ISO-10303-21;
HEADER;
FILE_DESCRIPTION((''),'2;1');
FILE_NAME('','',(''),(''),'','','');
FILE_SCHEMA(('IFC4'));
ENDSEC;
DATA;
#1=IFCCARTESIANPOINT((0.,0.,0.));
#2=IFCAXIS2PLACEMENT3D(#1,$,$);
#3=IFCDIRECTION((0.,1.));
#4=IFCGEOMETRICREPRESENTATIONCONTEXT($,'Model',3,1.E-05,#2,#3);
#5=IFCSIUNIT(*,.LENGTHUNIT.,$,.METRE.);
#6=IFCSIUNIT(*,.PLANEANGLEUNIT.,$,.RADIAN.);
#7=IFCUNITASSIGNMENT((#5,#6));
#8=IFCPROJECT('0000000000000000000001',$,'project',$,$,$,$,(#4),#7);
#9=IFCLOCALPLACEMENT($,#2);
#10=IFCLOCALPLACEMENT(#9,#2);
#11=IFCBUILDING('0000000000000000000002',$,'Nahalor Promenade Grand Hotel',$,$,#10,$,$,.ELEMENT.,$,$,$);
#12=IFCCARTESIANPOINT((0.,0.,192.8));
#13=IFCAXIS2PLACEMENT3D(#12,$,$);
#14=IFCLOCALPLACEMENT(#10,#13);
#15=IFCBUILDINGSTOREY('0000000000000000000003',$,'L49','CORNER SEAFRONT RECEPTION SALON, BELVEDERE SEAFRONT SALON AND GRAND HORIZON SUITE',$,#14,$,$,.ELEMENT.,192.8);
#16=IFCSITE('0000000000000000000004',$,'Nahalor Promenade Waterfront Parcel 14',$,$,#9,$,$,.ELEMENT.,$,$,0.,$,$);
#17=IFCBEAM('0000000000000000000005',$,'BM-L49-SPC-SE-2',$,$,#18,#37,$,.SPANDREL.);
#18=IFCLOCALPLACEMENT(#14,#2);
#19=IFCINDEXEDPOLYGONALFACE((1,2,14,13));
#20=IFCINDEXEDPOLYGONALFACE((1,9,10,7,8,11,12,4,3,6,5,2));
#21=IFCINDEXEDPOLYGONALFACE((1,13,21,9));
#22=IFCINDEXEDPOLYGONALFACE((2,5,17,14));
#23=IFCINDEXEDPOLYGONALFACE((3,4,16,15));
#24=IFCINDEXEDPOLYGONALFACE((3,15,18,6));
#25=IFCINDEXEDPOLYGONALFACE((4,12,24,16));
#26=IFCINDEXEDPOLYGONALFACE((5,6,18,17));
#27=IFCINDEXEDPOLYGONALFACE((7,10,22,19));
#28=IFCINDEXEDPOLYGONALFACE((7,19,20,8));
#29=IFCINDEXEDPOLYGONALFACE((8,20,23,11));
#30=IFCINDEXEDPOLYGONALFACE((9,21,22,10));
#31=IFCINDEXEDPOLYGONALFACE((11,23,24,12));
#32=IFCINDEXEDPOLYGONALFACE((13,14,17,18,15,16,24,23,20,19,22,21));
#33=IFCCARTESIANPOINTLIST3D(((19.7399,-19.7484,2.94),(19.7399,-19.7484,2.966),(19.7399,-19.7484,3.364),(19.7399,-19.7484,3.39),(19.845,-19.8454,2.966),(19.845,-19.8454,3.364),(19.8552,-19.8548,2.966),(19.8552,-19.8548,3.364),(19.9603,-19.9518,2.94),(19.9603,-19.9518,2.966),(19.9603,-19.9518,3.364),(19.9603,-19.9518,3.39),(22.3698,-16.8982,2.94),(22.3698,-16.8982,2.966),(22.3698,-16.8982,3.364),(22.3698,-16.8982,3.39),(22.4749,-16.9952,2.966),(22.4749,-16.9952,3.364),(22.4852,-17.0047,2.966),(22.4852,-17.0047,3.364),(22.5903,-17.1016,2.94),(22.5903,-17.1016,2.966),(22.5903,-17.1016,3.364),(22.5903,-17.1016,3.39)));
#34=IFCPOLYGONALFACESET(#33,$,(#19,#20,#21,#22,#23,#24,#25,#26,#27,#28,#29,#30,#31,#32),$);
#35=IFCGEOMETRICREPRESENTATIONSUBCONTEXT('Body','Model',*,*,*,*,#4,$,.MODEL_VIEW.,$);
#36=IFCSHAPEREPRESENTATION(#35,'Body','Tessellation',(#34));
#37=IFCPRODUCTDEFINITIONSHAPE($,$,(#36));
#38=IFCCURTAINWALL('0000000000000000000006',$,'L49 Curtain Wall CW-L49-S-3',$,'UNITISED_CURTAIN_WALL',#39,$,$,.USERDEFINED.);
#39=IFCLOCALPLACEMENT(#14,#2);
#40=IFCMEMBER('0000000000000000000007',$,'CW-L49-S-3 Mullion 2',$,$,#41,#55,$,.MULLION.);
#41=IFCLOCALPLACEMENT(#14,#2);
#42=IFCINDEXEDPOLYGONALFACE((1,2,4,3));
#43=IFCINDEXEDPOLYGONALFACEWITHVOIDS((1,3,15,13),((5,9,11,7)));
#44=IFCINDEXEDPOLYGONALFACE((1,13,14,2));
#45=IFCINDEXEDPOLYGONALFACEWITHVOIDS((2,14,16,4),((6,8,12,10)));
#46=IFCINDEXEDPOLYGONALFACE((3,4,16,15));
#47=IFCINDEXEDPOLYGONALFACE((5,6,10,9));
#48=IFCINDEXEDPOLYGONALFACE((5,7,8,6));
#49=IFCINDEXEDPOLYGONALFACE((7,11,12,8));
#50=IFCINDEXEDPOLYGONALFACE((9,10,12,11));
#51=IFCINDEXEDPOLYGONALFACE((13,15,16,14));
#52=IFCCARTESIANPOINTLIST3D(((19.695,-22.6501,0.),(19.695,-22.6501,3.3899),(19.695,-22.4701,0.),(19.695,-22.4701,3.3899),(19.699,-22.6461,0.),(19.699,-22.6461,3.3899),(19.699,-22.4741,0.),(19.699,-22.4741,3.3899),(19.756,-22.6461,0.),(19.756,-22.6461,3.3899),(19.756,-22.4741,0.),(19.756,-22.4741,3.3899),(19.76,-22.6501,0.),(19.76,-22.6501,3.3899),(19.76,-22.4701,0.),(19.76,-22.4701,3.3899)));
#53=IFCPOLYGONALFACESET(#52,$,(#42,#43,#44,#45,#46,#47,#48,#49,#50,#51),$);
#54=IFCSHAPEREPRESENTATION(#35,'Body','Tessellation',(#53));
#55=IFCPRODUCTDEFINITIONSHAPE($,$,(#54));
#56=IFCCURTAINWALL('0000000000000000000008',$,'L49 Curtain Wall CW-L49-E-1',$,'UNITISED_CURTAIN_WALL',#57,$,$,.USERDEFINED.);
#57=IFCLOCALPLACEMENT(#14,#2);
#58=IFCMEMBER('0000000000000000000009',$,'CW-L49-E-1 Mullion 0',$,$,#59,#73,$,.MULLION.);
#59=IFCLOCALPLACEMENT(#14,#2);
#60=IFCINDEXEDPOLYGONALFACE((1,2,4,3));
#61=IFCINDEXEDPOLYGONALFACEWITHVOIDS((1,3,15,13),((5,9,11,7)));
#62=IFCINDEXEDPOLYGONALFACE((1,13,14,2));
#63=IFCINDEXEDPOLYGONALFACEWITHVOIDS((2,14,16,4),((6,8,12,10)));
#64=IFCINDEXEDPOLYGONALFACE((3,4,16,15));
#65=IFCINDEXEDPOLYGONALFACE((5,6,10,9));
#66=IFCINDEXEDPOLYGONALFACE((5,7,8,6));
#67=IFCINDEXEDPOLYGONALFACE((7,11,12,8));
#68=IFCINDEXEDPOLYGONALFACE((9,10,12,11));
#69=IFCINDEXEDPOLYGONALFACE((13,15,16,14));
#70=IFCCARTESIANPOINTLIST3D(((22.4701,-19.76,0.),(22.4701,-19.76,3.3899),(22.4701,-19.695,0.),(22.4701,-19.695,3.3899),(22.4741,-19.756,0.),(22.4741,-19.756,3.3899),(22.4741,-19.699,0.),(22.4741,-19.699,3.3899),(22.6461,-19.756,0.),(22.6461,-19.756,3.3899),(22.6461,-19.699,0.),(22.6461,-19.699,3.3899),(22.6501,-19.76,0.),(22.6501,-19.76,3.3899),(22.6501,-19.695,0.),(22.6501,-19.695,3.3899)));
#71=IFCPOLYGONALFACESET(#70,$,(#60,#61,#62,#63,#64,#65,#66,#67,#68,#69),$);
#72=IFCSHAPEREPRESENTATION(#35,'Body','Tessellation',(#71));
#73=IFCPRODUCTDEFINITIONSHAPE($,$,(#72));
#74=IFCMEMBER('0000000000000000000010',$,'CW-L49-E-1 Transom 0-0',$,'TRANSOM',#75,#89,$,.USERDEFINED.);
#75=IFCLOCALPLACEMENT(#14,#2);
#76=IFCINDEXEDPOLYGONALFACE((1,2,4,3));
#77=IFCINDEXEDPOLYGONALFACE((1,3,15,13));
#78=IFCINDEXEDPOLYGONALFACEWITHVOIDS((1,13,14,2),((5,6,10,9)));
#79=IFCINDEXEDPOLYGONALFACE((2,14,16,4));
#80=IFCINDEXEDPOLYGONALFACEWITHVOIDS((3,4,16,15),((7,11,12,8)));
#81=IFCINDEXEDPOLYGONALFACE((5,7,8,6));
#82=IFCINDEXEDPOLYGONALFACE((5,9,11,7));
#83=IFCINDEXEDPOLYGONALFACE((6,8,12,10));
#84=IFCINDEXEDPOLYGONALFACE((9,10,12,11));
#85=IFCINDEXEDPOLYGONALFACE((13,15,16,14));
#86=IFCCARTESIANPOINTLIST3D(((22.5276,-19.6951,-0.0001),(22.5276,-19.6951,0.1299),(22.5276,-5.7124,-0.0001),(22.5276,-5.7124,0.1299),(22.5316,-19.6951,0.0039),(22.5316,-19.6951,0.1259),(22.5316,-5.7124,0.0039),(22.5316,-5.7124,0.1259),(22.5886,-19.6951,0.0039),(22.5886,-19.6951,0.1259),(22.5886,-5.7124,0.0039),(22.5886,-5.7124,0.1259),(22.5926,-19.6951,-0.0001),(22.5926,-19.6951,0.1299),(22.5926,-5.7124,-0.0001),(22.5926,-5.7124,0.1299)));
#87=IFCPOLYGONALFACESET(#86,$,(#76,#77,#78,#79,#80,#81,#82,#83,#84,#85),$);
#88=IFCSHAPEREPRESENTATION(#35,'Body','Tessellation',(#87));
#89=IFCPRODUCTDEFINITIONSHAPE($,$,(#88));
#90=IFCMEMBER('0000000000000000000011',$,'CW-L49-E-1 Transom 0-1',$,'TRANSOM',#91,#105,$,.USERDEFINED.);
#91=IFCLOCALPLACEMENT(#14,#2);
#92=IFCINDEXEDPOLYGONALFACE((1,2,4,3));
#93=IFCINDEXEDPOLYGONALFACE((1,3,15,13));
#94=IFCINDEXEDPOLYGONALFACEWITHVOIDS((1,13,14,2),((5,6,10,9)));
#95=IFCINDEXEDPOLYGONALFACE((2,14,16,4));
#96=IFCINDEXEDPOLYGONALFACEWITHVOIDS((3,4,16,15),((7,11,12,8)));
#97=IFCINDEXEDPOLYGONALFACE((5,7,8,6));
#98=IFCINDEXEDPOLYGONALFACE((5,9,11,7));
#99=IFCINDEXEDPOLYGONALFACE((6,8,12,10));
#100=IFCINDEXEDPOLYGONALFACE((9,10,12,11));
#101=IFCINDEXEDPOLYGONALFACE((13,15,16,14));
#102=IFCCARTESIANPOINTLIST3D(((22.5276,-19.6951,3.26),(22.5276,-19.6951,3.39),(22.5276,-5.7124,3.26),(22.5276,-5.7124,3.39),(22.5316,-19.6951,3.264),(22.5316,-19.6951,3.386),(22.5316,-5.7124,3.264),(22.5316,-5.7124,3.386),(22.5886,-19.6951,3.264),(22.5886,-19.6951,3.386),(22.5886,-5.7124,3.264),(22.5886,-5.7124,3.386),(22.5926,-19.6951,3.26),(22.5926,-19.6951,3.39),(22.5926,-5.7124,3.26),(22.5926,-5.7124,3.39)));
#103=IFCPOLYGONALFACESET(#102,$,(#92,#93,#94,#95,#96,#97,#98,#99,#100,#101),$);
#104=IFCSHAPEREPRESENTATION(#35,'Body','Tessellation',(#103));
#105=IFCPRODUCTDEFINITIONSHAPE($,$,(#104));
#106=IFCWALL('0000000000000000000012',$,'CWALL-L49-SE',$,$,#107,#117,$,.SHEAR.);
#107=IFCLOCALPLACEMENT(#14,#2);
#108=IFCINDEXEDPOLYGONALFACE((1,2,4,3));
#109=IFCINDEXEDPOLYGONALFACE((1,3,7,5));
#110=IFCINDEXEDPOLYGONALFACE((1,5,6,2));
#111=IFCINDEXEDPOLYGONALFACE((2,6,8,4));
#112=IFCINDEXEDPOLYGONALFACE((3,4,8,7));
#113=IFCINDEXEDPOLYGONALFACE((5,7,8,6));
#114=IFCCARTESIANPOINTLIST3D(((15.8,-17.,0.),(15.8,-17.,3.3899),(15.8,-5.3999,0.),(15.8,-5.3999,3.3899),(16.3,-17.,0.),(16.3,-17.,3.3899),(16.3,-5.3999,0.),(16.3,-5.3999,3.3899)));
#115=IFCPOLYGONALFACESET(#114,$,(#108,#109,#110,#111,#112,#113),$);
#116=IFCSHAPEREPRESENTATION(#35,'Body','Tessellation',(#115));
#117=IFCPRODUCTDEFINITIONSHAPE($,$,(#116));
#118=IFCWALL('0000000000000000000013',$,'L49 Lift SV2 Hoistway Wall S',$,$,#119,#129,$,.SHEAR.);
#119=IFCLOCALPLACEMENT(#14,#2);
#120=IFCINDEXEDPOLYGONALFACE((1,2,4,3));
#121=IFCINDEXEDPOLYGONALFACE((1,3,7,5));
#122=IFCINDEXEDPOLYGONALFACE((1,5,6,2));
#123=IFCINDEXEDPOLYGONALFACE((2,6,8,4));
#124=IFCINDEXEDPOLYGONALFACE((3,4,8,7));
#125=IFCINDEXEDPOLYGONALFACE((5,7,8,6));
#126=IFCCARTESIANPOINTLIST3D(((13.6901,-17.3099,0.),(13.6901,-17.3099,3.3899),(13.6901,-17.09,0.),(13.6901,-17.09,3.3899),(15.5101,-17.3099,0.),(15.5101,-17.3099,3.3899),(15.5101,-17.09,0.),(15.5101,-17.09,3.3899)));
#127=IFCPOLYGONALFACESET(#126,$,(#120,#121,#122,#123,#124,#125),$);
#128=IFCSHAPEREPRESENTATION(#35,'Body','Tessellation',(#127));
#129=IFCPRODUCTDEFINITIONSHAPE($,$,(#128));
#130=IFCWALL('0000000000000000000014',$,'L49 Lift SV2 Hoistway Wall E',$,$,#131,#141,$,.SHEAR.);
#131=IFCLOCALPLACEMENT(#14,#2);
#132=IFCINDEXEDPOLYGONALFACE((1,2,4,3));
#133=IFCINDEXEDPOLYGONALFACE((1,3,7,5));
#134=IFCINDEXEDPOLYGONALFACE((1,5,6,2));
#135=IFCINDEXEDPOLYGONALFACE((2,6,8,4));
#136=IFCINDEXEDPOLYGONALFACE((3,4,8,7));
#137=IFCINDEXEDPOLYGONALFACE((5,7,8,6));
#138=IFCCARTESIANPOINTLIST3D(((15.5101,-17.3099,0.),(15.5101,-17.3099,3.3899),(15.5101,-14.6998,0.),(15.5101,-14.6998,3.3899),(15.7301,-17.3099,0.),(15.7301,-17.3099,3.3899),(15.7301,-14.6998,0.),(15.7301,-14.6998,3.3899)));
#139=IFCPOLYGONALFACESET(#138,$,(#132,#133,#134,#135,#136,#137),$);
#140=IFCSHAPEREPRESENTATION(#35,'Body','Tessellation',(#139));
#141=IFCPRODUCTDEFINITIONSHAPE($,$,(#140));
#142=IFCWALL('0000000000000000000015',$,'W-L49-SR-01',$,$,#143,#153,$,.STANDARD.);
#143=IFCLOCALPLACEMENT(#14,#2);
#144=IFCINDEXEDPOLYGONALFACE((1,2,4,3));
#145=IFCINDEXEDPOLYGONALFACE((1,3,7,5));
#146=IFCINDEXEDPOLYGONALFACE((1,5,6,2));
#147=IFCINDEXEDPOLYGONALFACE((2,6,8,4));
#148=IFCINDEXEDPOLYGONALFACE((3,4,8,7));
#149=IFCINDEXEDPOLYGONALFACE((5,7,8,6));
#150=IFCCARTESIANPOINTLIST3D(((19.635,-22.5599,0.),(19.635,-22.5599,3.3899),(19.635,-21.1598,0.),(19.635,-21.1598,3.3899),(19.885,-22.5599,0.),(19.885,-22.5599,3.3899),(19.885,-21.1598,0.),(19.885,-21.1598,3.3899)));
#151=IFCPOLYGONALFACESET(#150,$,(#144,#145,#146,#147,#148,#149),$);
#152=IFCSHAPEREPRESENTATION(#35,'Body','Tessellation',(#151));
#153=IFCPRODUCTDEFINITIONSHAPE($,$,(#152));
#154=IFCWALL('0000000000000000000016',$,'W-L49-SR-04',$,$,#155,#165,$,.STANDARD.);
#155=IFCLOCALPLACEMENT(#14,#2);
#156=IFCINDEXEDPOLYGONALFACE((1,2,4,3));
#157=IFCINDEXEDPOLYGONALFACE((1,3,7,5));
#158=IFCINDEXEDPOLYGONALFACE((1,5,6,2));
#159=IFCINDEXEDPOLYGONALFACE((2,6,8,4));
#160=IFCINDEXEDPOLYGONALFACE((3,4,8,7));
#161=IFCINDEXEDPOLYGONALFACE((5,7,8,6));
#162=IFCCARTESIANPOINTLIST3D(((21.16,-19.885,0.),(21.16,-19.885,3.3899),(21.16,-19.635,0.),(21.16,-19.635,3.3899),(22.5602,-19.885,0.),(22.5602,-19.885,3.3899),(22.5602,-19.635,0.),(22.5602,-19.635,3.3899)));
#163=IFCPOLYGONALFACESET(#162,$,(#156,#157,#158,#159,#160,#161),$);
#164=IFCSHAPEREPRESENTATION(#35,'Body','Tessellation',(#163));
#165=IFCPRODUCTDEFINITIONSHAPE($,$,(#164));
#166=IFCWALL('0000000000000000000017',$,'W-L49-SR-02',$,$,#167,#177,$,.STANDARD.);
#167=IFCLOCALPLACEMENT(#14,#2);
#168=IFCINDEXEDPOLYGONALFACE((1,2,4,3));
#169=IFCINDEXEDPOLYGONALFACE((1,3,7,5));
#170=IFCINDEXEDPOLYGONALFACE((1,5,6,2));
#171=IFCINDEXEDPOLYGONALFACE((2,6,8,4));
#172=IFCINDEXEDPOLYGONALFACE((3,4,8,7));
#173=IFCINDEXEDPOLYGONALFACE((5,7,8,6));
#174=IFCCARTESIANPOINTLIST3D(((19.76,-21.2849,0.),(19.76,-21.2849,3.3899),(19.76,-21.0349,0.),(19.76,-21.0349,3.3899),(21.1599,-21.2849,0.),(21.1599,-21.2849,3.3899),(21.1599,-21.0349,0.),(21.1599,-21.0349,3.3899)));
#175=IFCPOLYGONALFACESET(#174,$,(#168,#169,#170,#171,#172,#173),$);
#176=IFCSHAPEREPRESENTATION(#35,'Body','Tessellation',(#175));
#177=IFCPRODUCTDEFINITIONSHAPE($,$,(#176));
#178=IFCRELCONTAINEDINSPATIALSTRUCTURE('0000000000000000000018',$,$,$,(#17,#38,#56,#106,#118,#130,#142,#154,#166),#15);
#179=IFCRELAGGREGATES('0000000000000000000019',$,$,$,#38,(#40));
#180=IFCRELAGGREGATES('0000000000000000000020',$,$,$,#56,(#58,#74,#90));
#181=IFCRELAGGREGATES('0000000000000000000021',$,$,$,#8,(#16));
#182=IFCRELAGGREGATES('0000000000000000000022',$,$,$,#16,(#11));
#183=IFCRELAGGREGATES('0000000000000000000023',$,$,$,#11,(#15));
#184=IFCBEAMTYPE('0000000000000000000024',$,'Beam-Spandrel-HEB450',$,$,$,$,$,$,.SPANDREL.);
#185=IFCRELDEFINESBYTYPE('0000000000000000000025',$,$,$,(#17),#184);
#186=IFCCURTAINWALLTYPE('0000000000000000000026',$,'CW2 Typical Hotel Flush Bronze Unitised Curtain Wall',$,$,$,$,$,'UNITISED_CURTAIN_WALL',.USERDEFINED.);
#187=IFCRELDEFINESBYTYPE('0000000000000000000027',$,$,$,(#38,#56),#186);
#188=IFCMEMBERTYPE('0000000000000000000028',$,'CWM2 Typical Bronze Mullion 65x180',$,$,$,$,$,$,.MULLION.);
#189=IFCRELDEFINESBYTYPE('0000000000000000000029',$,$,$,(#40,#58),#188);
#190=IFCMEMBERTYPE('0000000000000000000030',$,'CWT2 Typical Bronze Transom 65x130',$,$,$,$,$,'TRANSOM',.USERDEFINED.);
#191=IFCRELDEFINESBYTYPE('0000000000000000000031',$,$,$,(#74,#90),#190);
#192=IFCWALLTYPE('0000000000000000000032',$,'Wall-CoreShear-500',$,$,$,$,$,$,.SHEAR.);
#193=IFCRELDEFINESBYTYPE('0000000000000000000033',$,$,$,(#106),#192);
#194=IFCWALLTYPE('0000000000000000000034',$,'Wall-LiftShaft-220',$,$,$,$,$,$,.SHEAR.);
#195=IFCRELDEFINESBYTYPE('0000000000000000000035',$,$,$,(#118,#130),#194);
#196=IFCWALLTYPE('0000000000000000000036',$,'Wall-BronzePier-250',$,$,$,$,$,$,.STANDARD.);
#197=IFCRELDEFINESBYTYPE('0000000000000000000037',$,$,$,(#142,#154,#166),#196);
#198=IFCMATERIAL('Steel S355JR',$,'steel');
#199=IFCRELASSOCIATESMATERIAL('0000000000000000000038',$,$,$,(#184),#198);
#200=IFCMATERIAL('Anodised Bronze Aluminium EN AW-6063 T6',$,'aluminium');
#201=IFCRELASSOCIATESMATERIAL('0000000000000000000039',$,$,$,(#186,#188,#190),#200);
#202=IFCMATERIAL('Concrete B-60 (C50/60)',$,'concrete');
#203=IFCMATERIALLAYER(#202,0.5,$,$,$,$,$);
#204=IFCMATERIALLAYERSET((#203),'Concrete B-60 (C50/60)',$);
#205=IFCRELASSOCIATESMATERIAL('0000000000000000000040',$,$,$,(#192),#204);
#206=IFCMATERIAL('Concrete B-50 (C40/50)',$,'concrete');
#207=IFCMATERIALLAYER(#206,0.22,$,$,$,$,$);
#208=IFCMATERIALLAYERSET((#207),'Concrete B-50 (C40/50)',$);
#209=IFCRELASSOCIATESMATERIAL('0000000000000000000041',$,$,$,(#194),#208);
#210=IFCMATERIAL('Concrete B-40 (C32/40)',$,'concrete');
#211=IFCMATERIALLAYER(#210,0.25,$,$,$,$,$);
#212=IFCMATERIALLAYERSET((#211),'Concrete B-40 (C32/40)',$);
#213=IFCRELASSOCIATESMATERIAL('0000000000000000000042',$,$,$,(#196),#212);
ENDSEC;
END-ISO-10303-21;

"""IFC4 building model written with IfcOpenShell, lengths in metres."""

from ifc_helpers import new_model, si_unit, direction, frame, frame_2d, origin, origin_2d, place, context, subcontext, project, spatial, rectangle, hollow_rectangle, i_section, extrude, source, transform, mapped, material, layer, layer_set, material_profile, profile_set, type_object, element, aggregate, save


model = new_model("IFC4")

# Units and contexts
model_context = context("Model", 3, precision=1e-05, world=origin(), true_north=direction((0.0, 1.0)))
body_context = subcontext(model_context, "Body", "Model", "MODEL_VIEW")
ifc_project = project(units=[si_unit("LENGTHUNIT", "METRE"), si_unit("PLANEANGLEUNIT", "RADIAN")], contexts=[model_context])

# Site, building, storey
site_placement = place(None, origin())
site = spatial("IfcSite", under=ifc_project, at=site_placement, Name="Nahalor Promenade Waterfront Parcel 14", CompositionType="ELEMENT", RefElevation=0.0)
building_placement = place(site_placement, origin())
building = spatial("IfcBuilding", under=site, at=building_placement, Name="Nahalor Promenade Grand Hotel", CompositionType="ELEMENT")
storey_placement = place(building_placement, frame((0.0, 0.0, 192.8)))
storey = spatial("IfcBuildingStorey", under=building, at=storey_placement, Name="L49", Description="CORNER SEAFRONT RECEPTION SALON, BELVEDERE SEAFRONT SALON AND GRAND HORIZON SUITE", CompositionType="ELEMENT", Elevation=192.8)

# Shared definitions
ifc_material_1 = material(Name="Concrete B-60 (C50/60)", Category="concrete")

# Beam
ifc_material_2 = material(Name="Steel S355JR", Category="steel")
ifc_material_profile_1 = material_profile(ifc_material_2, i_section(OverallWidth=0.3, OverallDepth=0.45, WebThickness=0.014, FlangeThickness=0.026, at=origin_2d()), Name="HEB 450")
ifc_profile_set_1 = profile_set([ifc_material_profile_1], Name="Steel S355JR")
beam_type_1 = type_object("IfcBeamType", Name="Beam-Spandrel-HEB450", PredefinedType="SPANDREL", material=ifc_profile_set_1)
shared_shape_1 = source(origin(), body_context, "Body", "SweptSolid", [
    extrude(i_section(OverallWidth=0.3, OverallDepth=0.45, WebThickness=0.014, FlangeThickness=0.026, at=origin_2d()), origin(), (0.0, 0.0, 1.0), 3.8782),
])
for number, where, z_axis, x_axis, name in (
    (1, (19.8501, -19.8501, 3.165), (0.678144, 0.734929, 0.0), (-0.734929, 0.678144, 0.0), "BM-L49-SPC-SE-2"),
):
    element("IfcBeam", number, at=place(storey_placement, frame(where, z_axis=z_axis, x_axis=x_axis)), inside=storey, type_object=beam_type_1, Name=name, PredefinedType="SPANDREL", context=body_context, shape_type="MappedRepresentation", body=[
        mapped(shared_shape_1, transform((0.0, 0.0, 0.0), scale=1.0)),
    ])

# Curtain wall, member
ifc_material_3 = material(Name="Anodised Bronze Aluminium EN AW-6063 T6", Category="aluminium")
curtain_wall_type = type_object("IfcCurtainWallType", Name="CW2 Typical Hotel Flush Bronze Unitised Curtain Wall", ElementType="UNITISED_CURTAIN_WALL", PredefinedType="USERDEFINED", material=ifc_material_3)
curtain_wall_1_placement = place(storey_placement, origin())
curtain_wall_1 = element("IfcCurtainWall", 2, at=curtain_wall_1_placement, inside=storey, type_object=curtain_wall_type, Name="L49 Curtain Wall CW-L49-S-3", ObjectType="UNITISED_CURTAIN_WALL", PredefinedType="USERDEFINED")
ifc_material_profile_2 = material_profile(ifc_material_3, hollow_rectangle(XDim=0.065, YDim=0.18, WallThickness=0.004, at=origin_2d()), Name="CWM 65x180x4")
ifc_profile_set_2 = profile_set([ifc_material_profile_2], Name="Anodised Bronze Aluminium EN AW-6063 T6")
member_type_1 = type_object("IfcMemberType", Name="CWM2 Typical Bronze Mullion 65x180", PredefinedType="MULLION", material=ifc_profile_set_2)
shared_shape_2 = source(origin(), body_context, "Body", "SweptSolid", [
    extrude(hollow_rectangle(XDim=0.065, YDim=0.18, WallThickness=0.004, at=origin_2d()), origin(), (0.0, 0.0, 1.0), 3.3899),
])
member_1_placement = place(storey_placement, frame((19.7275, -22.5601, 0.0), z_axis=(0.0, 0.0, 1.0), x_axis=(1.0, 0.0, 0.0)))
member_1 = element("IfcMember", 3, at=member_1_placement, type_object=member_type_1, Name="CW-L49-S-3 Mullion 2", PredefinedType="MULLION", context=body_context, shape_type="MappedRepresentation", body=[
    mapped(shared_shape_2, transform((0.0, 0.0, 0.0), scale=1.0)),
])
aggregate(curtain_wall_1, [member_1])

# Curtain wall, members
curtain_wall_2_placement = place(storey_placement, origin())
curtain_wall_2 = element("IfcCurtainWall", 4, at=curtain_wall_2_placement, inside=storey, type_object=curtain_wall_type, Name="L49 Curtain Wall CW-L49-E-1", ObjectType="UNITISED_CURTAIN_WALL", PredefinedType="USERDEFINED")
member_2_placement = place(storey_placement, frame((22.5601, -19.7275, 0.0), z_axis=(0.0, 0.0, 1.0), x_axis=(0.0, 1.0, 0.0)))
member_2 = element("IfcMember", 5, at=member_2_placement, type_object=member_type_1, Name="CW-L49-E-1 Mullion 0", PredefinedType="MULLION", context=body_context, shape_type="MappedRepresentation", body=[
    mapped(shared_shape_2, transform((0.0, 0.0, 0.0), scale=1.0)),
])
ifc_material_profile_3 = material_profile(ifc_material_3, hollow_rectangle(XDim=0.065, YDim=0.13, WallThickness=0.004, at=origin_2d()), Name="CWT 65x130x4")
ifc_profile_set_3 = profile_set([ifc_material_profile_3], Name="Anodised Bronze Aluminium EN AW-6063 T6")
member_type_2 = type_object("IfcMemberType", Name="CWT2 Typical Bronze Transom 65x130", ElementType="TRANSOM", PredefinedType="USERDEFINED", material=ifc_profile_set_3)
shared_shape_3 = source(origin(), body_context, "Body", "SweptSolid", [
    extrude(hollow_rectangle(XDim=0.065, YDim=0.13, WallThickness=0.004, at=origin_2d()), origin(), (0.0, 0.0, 1.0), 13.9827),
])
member_3_placement = place(storey_placement, frame((22.5601, -19.6951, 0.0649), z_axis=(0.0, 1.0, 0.0), x_axis=(-1.0, 0.0, 0.0)))
member_3 = element("IfcMember", 6, at=member_3_placement, type_object=member_type_2, Name="CW-L49-E-1 Transom 0-0", ObjectType="TRANSOM", PredefinedType="USERDEFINED", context=body_context, shape_type="MappedRepresentation", body=[
    mapped(shared_shape_3, transform((0.0, 0.0, 0.0), scale=1.0)),
])
member_4_placement = place(storey_placement, frame((22.5601, -19.6951, 3.325), z_axis=(0.0, 1.0, 0.0), x_axis=(-1.0, 0.0, 0.0)))
member_4 = element("IfcMember", 7, at=member_4_placement, type_object=member_type_2, Name="CW-L49-E-1 Transom 0-1", ObjectType="TRANSOM", PredefinedType="USERDEFINED", context=body_context, shape_type="MappedRepresentation", body=[
    mapped(shared_shape_3, transform((0.0, 0.0, 0.0), scale=1.0)),
])
aggregate(curtain_wall_2, [member_2, member_3, member_4])

# Walls
ifc_layer_1 = layer(ifc_material_1, 0.5)
ifc_layer_set_1 = layer_set([ifc_layer_1], Name="Concrete B-60 (C50/60)")
wall_type_1 = type_object("IfcWallType", Name="Wall-CoreShear-500", PredefinedType="SHEAR", material=ifc_layer_set_1)
shared_shape_4 = source(origin(), body_context, "Body", "SweptSolid", [
    extrude(rectangle(XDim=11.6001, YDim=0.5, at=frame_2d((5.8, 0.0))), origin(), (0.0, 0.0, 1.0), 3.3899),
])
wall_1_placement = place(storey_placement, frame((16.05, -17.0, 0.0), z_axis=(0.0, 0.0, 1.0), x_axis=(0.0, 1.0, 0.0)))
element("IfcWall", 8, at=wall_1_placement, inside=storey, type_object=wall_type_1, Name="CWALL-L49-SE", PredefinedType="SHEAR", context=body_context, shape_type="MappedRepresentation", body=[
    mapped(shared_shape_4, transform((0.0, 0.0, 0.0), scale=1.0)),
])
ifc_material_4 = material(Name="Concrete B-50 (C40/50)", Category="concrete")
ifc_layer_2 = layer(ifc_material_4, 0.22)
ifc_layer_set_2 = layer_set([ifc_layer_2], Name="Concrete B-50 (C40/50)")
wall_type_2 = type_object("IfcWallType", Name="Wall-LiftShaft-220", PredefinedType="SHEAR", material=ifc_layer_set_2)
shared_shape_5 = source(origin(), body_context, "Body", "SweptSolid", [
    extrude(rectangle(XDim=1.8201, YDim=0.22, at=frame_2d((0.9102, 0.0))), origin(), (0.0, 0.0, 1.0), 3.3899),
])
wall_2_placement = place(storey_placement, frame((13.6899, -17.2, 0.0), z_axis=(0.0, 0.0, 1.0), x_axis=(1.0, 0.0, 0.0)))
element("IfcWall", 9, at=wall_2_placement, inside=storey, type_object=wall_type_2, Name="L49 Lift SV2 Hoistway Wall S", PredefinedType="SHEAR", context=body_context, shape_type="MappedRepresentation", body=[
    mapped(shared_shape_5, transform((0.0, 0.0, 0.0), scale=1.0)),
])
shared_shape_6 = source(origin(), body_context, "Body", "SweptSolid", [
    extrude(rectangle(XDim=2.6101, YDim=0.22, at=frame_2d((1.3052, 0.0))), origin(), (0.0, 0.0, 1.0), 3.3899),
])
wall_3_placement = place(storey_placement, frame((15.6201, -17.3101, 0.0), z_axis=(0.0, 0.0, 1.0), x_axis=(0.0, 1.0, 0.0)))
element("IfcWall", 10, at=wall_3_placement, inside=storey, type_object=wall_type_2, Name="L49 Lift SV2 Hoistway Wall E", PredefinedType="SHEAR", context=body_context, shape_type="MappedRepresentation", body=[
    mapped(shared_shape_6, transform((0.0, 0.0, 0.0), scale=1.0)),
])
ifc_material_5 = material(Name="Concrete B-40 (C32/40)", Category="concrete")
ifc_layer_3 = layer(ifc_material_5, 0.25)
ifc_layer_set_3 = layer_set([ifc_layer_3], Name="Concrete B-40 (C32/40)")
wall_type_3 = type_object("IfcWallType", Name="Wall-BronzePier-250", PredefinedType="STANDARD", material=ifc_layer_set_3)
shared_shape_7 = source(origin(), body_context, "Body", "SweptSolid", [
    extrude(rectangle(XDim=1.4001, YDim=0.25, at=frame_2d((0.7002, 0.0))), origin(), (0.0, 0.0, 1.0), 3.3899),
])
for number, where, z_axis, x_axis, name in (
    (11, (19.76, -22.5601, 0.0), (0.0, 0.0, 1.0), (0.0, 1.0, 0.0), "W-L49-SR-01"),
    (12, (21.1599, -19.76, 0.0), (0.0, 0.0, 1.0), (1.0, 0.0, 0.0), "W-L49-SR-04"),
):
    element("IfcWall", number, at=place(storey_placement, frame(where, z_axis=z_axis, x_axis=x_axis)), inside=storey, type_object=wall_type_3, Name=name, PredefinedType="STANDARD", context=body_context, shape_type="MappedRepresentation", body=[
        mapped(shared_shape_7, transform((0.0, 0.0, 0.0), scale=1.0)),
    ])
shared_shape_8 = source(origin(), body_context, "Body", "SweptSolid", [
    extrude(rectangle(XDim=1.3999, YDim=0.25, at=frame_2d((0.7, 0.0))), origin(), (0.0, 0.0, 1.0), 3.3899),
])
for number, where, z_axis, x_axis, name in (
    (13, (19.76, -21.1599, 0.0), (0.0, 0.0, 1.0), (1.0, 0.0, 0.0), "W-L49-SR-02"),
):
    element("IfcWall", number, at=place(storey_placement, frame(where, z_axis=z_axis, x_axis=x_axis)), inside=storey, type_object=wall_type_3, Name=name, PredefinedType="STANDARD", context=body_context, shape_type="MappedRepresentation", body=[
        mapped(shared_shape_8, transform((0.0, 0.0, 0.0), scale=1.0)),
    ])

save(model, "model.ifc")
